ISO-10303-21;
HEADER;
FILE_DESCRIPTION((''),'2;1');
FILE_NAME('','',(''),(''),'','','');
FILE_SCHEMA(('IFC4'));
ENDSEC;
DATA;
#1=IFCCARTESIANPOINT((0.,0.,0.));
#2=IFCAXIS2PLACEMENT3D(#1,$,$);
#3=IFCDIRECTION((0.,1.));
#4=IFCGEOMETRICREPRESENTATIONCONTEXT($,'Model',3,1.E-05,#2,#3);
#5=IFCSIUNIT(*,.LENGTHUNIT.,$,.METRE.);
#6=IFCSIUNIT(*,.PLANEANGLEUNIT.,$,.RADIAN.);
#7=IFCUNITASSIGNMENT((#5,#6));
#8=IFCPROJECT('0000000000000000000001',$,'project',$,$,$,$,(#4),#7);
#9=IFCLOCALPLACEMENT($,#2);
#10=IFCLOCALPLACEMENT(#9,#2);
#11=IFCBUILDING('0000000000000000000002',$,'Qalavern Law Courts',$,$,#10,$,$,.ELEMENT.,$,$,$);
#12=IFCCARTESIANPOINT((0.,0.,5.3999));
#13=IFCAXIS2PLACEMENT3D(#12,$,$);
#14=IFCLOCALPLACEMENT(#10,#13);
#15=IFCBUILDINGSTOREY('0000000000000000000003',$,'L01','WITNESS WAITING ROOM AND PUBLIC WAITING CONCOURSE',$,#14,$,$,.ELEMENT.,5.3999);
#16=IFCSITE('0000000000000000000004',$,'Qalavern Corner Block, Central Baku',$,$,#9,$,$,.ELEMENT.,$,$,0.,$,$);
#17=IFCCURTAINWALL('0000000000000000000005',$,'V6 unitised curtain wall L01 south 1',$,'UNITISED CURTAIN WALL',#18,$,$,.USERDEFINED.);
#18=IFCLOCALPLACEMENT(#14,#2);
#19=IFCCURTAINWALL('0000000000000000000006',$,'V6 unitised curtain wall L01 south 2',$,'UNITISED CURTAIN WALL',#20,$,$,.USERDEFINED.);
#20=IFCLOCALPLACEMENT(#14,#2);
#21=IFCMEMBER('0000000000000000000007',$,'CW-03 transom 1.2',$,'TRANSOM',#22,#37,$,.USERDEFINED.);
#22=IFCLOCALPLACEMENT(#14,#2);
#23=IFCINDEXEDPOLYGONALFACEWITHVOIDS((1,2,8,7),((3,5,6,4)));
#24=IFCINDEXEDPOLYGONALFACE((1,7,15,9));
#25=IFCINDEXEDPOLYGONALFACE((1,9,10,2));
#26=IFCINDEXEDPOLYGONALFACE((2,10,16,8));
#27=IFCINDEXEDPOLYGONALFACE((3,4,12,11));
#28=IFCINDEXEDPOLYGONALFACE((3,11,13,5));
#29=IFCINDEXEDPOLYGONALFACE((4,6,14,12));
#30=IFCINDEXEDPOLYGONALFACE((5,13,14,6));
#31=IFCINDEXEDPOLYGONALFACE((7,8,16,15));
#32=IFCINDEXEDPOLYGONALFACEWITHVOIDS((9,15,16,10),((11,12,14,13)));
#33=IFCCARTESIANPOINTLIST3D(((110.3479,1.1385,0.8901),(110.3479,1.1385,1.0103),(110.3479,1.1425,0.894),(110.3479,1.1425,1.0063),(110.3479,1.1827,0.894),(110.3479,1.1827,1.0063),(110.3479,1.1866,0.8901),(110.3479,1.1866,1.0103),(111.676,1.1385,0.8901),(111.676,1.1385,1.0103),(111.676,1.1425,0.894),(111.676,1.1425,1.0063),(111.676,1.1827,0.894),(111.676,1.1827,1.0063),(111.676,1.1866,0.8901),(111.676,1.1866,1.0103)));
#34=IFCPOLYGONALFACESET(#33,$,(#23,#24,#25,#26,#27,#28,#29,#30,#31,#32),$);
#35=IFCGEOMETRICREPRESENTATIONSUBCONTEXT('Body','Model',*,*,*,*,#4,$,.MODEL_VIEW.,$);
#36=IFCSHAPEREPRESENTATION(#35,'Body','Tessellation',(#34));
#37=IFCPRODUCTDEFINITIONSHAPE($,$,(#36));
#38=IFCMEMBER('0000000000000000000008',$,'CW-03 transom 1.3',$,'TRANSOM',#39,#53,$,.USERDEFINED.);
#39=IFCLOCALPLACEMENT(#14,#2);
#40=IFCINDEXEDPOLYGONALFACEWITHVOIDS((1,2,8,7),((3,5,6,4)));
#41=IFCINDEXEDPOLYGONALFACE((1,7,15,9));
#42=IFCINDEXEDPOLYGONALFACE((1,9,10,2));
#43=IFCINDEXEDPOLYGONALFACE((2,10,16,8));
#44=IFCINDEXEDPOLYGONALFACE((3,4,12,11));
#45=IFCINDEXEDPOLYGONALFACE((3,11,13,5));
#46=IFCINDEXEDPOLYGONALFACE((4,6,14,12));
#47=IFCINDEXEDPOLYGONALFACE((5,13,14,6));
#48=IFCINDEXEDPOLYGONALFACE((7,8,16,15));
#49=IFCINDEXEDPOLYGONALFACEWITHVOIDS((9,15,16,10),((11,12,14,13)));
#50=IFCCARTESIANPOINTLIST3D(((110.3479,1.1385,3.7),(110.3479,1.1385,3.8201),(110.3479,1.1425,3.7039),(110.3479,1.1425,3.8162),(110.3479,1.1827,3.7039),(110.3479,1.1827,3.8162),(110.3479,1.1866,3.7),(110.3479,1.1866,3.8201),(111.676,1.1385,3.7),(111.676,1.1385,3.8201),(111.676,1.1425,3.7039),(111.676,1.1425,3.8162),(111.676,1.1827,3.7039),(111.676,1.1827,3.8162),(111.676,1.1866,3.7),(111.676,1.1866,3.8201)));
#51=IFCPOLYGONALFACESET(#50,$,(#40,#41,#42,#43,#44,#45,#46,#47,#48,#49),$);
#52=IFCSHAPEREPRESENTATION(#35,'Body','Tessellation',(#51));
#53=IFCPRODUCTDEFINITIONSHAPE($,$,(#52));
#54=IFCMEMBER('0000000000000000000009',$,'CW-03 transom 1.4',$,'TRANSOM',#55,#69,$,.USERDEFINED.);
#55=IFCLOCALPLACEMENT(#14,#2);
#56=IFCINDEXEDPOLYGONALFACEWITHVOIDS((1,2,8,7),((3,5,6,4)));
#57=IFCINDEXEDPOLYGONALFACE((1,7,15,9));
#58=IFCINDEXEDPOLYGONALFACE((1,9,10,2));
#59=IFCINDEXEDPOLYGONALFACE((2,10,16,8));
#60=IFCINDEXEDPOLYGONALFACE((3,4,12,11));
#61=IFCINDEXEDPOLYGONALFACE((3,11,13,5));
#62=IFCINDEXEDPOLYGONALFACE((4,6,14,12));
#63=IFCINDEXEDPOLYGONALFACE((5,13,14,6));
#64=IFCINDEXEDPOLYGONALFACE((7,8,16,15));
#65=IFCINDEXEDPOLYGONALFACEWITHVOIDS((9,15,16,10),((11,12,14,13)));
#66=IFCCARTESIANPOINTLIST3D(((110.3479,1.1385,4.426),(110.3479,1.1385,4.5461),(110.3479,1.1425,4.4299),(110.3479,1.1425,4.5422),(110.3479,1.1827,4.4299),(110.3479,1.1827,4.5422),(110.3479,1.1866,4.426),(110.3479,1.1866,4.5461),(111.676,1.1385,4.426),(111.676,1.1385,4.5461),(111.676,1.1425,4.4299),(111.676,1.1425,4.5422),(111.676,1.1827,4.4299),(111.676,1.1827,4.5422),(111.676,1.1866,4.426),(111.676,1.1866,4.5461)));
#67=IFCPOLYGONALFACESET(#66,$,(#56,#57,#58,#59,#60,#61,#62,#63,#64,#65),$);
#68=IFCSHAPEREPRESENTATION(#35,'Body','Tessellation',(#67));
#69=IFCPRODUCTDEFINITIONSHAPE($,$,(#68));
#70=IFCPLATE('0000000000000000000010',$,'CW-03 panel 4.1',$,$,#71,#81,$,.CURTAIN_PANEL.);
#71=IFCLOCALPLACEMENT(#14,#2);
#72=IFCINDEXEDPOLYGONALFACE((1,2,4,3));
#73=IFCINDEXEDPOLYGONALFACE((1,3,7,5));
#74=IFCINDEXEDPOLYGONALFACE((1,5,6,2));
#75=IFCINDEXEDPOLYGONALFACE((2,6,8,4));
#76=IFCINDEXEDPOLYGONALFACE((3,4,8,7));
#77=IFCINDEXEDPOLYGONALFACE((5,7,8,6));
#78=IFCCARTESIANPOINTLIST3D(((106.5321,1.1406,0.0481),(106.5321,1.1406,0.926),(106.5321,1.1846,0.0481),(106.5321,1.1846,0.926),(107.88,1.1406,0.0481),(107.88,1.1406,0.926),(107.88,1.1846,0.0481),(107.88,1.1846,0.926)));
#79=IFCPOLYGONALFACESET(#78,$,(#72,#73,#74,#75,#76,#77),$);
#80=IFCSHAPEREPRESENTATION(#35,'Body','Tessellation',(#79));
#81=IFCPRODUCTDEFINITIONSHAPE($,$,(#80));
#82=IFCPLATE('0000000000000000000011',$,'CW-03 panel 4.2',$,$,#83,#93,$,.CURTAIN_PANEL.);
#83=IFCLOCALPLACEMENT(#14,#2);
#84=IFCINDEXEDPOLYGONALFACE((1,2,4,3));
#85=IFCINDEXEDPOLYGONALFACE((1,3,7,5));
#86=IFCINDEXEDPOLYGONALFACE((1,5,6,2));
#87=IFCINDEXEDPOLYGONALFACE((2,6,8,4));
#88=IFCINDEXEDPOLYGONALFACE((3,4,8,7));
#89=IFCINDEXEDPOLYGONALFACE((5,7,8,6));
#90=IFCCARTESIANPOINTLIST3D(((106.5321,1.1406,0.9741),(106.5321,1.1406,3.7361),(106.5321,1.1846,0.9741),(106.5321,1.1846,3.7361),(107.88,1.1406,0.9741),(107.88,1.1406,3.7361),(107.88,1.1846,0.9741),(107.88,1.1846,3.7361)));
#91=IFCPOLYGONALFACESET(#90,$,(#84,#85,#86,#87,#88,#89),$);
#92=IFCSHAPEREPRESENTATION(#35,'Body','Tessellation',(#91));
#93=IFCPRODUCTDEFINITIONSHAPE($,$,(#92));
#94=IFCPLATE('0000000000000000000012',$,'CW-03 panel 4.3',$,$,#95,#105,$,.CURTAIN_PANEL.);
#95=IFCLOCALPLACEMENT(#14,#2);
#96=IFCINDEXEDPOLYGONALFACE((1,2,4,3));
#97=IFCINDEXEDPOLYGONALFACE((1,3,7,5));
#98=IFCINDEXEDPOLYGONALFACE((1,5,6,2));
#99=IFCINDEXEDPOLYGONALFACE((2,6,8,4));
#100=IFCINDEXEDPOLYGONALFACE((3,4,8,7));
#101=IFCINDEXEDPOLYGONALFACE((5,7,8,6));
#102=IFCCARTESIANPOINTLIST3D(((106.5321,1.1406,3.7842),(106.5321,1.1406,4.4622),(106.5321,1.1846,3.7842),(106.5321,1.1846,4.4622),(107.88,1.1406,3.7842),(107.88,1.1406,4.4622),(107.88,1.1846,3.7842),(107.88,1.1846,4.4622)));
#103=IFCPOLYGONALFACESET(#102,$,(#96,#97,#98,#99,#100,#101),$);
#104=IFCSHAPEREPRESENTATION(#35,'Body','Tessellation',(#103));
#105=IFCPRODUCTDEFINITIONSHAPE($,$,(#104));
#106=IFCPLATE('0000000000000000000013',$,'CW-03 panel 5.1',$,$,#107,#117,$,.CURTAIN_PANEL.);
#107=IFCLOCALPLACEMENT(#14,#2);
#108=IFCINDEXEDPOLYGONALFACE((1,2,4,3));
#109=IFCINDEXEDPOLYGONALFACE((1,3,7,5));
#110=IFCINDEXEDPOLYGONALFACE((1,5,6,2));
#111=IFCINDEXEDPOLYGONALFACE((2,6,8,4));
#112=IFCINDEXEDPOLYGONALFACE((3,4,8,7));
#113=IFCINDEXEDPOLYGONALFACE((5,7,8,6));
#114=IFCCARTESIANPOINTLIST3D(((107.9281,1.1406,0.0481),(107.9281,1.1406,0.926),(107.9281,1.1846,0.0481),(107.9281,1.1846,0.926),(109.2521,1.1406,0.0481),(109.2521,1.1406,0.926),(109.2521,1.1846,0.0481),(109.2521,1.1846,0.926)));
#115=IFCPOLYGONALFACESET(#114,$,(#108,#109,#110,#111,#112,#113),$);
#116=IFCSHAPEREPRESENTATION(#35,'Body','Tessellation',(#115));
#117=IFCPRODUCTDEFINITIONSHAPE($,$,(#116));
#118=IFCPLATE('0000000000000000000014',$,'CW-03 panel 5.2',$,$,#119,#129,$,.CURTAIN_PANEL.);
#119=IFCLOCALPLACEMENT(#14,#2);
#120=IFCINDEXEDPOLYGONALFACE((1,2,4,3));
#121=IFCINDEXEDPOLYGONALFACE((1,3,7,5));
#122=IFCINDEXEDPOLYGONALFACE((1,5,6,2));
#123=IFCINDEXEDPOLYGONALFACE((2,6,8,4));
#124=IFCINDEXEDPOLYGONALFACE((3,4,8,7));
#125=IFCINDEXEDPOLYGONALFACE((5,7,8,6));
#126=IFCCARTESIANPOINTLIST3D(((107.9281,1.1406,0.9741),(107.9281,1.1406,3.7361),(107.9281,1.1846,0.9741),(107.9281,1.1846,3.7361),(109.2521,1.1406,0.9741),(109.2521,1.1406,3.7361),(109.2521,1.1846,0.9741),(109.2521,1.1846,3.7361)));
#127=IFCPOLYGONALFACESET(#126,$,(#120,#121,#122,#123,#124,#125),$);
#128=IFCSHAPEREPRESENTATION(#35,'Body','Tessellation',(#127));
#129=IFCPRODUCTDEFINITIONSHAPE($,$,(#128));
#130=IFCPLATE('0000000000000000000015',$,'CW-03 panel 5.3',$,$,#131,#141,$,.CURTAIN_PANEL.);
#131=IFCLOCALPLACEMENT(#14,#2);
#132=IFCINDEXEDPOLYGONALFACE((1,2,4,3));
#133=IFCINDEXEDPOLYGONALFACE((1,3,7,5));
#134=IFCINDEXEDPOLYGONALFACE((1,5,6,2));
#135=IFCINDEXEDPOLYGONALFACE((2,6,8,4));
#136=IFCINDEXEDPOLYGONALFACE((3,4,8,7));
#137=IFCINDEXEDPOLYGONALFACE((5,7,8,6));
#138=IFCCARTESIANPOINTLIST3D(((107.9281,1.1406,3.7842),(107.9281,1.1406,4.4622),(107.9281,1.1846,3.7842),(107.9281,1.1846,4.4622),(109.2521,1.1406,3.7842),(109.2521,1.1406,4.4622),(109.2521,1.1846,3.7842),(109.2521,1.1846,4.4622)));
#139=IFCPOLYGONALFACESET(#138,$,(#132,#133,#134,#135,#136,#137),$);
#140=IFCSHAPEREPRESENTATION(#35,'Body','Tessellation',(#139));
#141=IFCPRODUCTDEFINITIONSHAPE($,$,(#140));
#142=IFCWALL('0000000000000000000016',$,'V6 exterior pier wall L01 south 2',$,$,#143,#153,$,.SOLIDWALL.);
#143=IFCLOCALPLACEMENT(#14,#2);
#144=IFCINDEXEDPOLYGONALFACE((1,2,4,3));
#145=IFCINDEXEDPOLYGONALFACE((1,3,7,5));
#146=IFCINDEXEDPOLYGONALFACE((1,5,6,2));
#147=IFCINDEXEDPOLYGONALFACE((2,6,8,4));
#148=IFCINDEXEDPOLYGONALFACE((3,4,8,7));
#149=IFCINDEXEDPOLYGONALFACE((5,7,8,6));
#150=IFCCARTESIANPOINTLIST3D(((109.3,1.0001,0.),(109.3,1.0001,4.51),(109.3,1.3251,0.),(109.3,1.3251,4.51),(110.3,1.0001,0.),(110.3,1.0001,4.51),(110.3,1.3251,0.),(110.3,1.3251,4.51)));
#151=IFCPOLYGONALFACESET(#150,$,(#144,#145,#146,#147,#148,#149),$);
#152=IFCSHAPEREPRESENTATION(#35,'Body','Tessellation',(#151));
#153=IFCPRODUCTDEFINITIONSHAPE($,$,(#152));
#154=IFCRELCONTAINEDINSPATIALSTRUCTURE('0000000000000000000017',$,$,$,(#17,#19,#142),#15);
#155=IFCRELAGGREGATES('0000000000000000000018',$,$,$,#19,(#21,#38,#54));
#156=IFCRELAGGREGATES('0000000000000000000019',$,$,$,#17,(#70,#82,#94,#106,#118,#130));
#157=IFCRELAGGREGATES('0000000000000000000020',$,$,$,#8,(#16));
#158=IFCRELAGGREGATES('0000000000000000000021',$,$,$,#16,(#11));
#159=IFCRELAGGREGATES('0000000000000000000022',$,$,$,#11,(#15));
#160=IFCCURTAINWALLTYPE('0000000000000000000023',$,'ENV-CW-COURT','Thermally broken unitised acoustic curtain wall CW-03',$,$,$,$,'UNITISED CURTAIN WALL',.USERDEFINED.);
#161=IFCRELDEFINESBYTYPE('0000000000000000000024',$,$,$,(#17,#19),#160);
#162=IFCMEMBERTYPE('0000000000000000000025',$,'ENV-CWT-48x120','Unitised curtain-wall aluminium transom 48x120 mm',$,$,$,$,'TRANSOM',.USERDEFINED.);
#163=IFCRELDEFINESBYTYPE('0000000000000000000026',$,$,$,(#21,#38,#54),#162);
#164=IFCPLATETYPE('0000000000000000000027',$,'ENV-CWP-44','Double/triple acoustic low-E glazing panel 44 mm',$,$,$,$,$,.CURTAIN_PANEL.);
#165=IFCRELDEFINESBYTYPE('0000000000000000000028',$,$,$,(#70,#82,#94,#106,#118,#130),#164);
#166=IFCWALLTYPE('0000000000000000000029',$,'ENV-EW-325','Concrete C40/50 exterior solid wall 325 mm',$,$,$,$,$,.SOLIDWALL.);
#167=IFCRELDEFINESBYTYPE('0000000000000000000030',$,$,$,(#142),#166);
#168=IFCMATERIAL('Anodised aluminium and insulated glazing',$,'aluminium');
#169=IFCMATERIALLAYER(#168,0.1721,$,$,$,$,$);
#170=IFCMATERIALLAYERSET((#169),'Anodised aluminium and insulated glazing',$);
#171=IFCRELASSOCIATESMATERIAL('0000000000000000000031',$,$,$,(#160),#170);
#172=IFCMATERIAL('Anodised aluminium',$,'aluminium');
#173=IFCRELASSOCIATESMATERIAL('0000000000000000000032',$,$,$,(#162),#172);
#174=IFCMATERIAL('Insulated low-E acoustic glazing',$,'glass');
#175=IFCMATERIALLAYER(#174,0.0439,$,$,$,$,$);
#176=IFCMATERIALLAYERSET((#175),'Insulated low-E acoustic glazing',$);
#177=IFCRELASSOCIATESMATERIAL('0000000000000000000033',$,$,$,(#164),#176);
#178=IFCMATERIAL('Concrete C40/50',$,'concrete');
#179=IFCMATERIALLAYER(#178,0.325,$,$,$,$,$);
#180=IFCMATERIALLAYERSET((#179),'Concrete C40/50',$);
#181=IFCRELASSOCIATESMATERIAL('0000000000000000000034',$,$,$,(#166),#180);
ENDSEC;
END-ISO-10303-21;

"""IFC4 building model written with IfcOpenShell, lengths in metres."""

from ifc_helpers import new_model, si_unit, direction, frame, frame_2d, origin, origin_2d, place, context, subcontext, project, spatial, rectangle, hollow_rectangle, extrude, material, layer, layer_set, material_profile, profile_set, type_object, element, aggregate, save


model = new_model("IFC4")

# Units and contexts
model_context = context("Model", 3, precision=1e-05, world=origin(), true_north=direction((0.0, 1.0)))
body_context = subcontext(model_context, "Body", "Model", "MODEL_VIEW")
ifc_project = project(units=[si_unit("LENGTHUNIT", "METRE"), si_unit("PLANEANGLEUNIT", "RADIAN")], contexts=[model_context])

# Site, building, storey
site_placement = place(None, origin())
site = spatial("IfcSite", under=ifc_project, at=site_placement, Name="Qalavern Corner Block, Central Baku", CompositionType="ELEMENT", RefElevation=0.0)
building_placement = place(site_placement, origin())
building = spatial("IfcBuilding", under=site, at=building_placement, Name="Qalavern Law Courts", CompositionType="ELEMENT")
storey_placement = place(building_placement, frame((0.0, 0.0, 5.3999)))
storey = spatial("IfcBuildingStorey", under=building, at=storey_placement, Name="L01", Description="WITNESS WAITING ROOM AND PUBLIC WAITING CONCOURSE", CompositionType="ELEMENT", Elevation=5.3999)

# Curtain wall
ifc_material_1 = material(Name="Anodised aluminium and insulated glazing", Category="aluminium")
ifc_layer_1 = layer(ifc_material_1, 0.1721)
ifc_layer_set_1 = layer_set([ifc_layer_1], Name="Anodised aluminium and insulated glazing")
curtain_wall_type = type_object("IfcCurtainWallType", Name="ENV-CW-COURT", Description="Thermally broken unitised acoustic curtain wall CW-03", ElementType="UNITISED CURTAIN WALL", PredefinedType="USERDEFINED", material=ifc_layer_set_1)
curtain_wall_1_placement = place(storey_placement, origin())
curtain_wall_1 = element("IfcCurtainWall", 1, at=curtain_wall_1_placement, inside=storey, type_object=curtain_wall_type, Name="V6 unitised curtain wall L01 south 1", ObjectType="UNITISED CURTAIN WALL", PredefinedType="USERDEFINED")
ifc_material_2 = material(Name="Anodised aluminium", Category="aluminium")

# Curtain wall
curtain_wall_2_placement = place(storey_placement, origin())
curtain_wall_2 = element("IfcCurtainWall", 2, at=curtain_wall_2_placement, inside=storey, type_object=curtain_wall_type, Name="V6 unitised curtain wall L01 south 2", ObjectType="UNITISED CURTAIN WALL", PredefinedType="USERDEFINED")

# Members
ifc_material_profile_1 = material_profile(ifc_material_2, hollow_rectangle(XDim=0.0481, YDim=0.1201, WallThickness=0.0039, at=origin_2d()), Name="ALU TRANSOM 48x120")
ifc_profile_set_1 = profile_set([ifc_material_profile_1], Name="Anodised aluminium")
member_type_1 = type_object("IfcMemberType", Name="ENV-CWT-48x120", Description="Unitised curtain-wall aluminium transom 48x120 mm", ElementType="TRANSOM", PredefinedType="USERDEFINED", material=ifc_profile_set_1)
member_1_placement = place(storey_placement, frame((110.3479, 1.1626, 0.9502), z_axis=(1.0, 0.0, 0.0), x_axis=(0.0, 1.0, 0.0)))
member_1 = element("IfcMember", 3, at=member_1_placement, type_object=member_type_1, Name="CW-03 transom 1.2", ObjectType="TRANSOM", PredefinedType="USERDEFINED", context=body_context, shape_type="SweptSolid", body=[
    extrude(hollow_rectangle(XDim=0.0481, YDim=0.1201, WallThickness=0.0039, at=origin_2d()), origin(), (0.0, 0.0, 1.0), 1.3281),
])
member_2_placement = place(storey_placement, frame((110.3479, 1.1626, 3.76), z_axis=(1.0, 0.0, 0.0), x_axis=(0.0, 1.0, 0.0)))
member_2 = element("IfcMember", 4, at=member_2_placement, type_object=member_type_1, Name="CW-03 transom 1.3", ObjectType="TRANSOM", PredefinedType="USERDEFINED", context=body_context, shape_type="SweptSolid", body=[
    extrude(hollow_rectangle(XDim=0.0481, YDim=0.1201, WallThickness=0.0039, at=origin_2d()), origin(), (0.0, 0.0, 1.0), 1.3281),
])
member_3_placement = place(storey_placement, frame((110.3479, 1.1626, 4.4861), z_axis=(1.0, 0.0, 0.0), x_axis=(0.0, 1.0, 0.0)))
member_3 = element("IfcMember", 5, at=member_3_placement, type_object=member_type_1, Name="CW-03 transom 1.4", ObjectType="TRANSOM", PredefinedType="USERDEFINED", context=body_context, shape_type="SweptSolid", body=[
    extrude(hollow_rectangle(XDim=0.0481, YDim=0.1201, WallThickness=0.0039, at=origin_2d()), origin(), (0.0, 0.0, 1.0), 1.3281),
])
aggregate(curtain_wall_2, [member_1, member_2, member_3])

# Plates
ifc_material_3 = material(Name="Insulated low-E acoustic glazing", Category="glass")
ifc_layer_2 = layer(ifc_material_3, 0.0439)
ifc_layer_set_2 = layer_set([ifc_layer_2], Name="Insulated low-E acoustic glazing")
plate_type = type_object("IfcPlateType", Name="ENV-CWP-44", Description="Double/triple acoustic low-E glazing panel 44 mm", PredefinedType="CURTAIN_PANEL", material=ifc_layer_set_2)
plate_1_placement = place(storey_placement, frame((107.2061, 1.1626, 0.0481), z_axis=(0.0, 0.0, 1.0), x_axis=(1.0, 0.0, 0.0)))
plate_1 = element("IfcPlate", 6, at=plate_1_placement, type_object=plate_type, Name="CW-03 panel 4.1", PredefinedType="CURTAIN_PANEL", context=body_context, shape_type="SweptSolid", body=[
    extrude(rectangle(XDim=1.3479, YDim=0.0439, at=origin_2d()), origin(), (0.0, 0.0, 1.0), 0.8779),
])
plate_2_placement = place(storey_placement, frame((107.2061, 1.1626, 0.9741), z_axis=(0.0, 0.0, 1.0), x_axis=(1.0, 0.0, 0.0)))
plate_2 = element("IfcPlate", 7, at=plate_2_placement, type_object=plate_type, Name="CW-03 panel 4.2", PredefinedType="CURTAIN_PANEL", context=body_context, shape_type="SweptSolid", body=[
    extrude(rectangle(XDim=1.3479, YDim=0.0439, at=origin_2d()), origin(), (0.0, 0.0, 1.0), 2.762),
])
plate_3_placement = place(storey_placement, frame((107.2061, 1.1626, 3.7842), z_axis=(0.0, 0.0, 1.0), x_axis=(1.0, 0.0, 0.0)))
plate_3 = element("IfcPlate", 8, at=plate_3_placement, type_object=plate_type, Name="CW-03 panel 4.3", PredefinedType="CURTAIN_PANEL", context=body_context, shape_type="SweptSolid", body=[
    extrude(rectangle(XDim=1.3479, YDim=0.0439, at=origin_2d()), origin(), (0.0, 0.0, 1.0), 0.678),
])
plate_4_placement = place(storey_placement, frame((108.5901, 1.1626, 0.0481), z_axis=(0.0, 0.0, 1.0), x_axis=(1.0, 0.0, 0.0)))
plate_4 = element("IfcPlate", 9, at=plate_4_placement, type_object=plate_type, Name="CW-03 panel 5.1", PredefinedType="CURTAIN_PANEL", context=body_context, shape_type="SweptSolid", body=[
    extrude(rectangle(XDim=1.324, YDim=0.0439, at=origin_2d()), origin(), (0.0, 0.0, 1.0), 0.8779),
])
plate_5_placement = place(storey_placement, frame((108.5901, 1.1626, 0.9741), z_axis=(0.0, 0.0, 1.0), x_axis=(1.0, 0.0, 0.0)))
plate_5 = element("IfcPlate", 10, at=plate_5_placement, type_object=plate_type, Name="CW-03 panel 5.2", PredefinedType="CURTAIN_PANEL", context=body_context, shape_type="SweptSolid", body=[
    extrude(rectangle(XDim=1.324, YDim=0.0439, at=origin_2d()), origin(), (0.0, 0.0, 1.0), 2.762),
])
plate_6_placement = place(storey_placement, frame((108.5901, 1.1626, 3.7842), z_axis=(0.0, 0.0, 1.0), x_axis=(1.0, 0.0, 0.0)))
plate_6 = element("IfcPlate", 11, at=plate_6_placement, type_object=plate_type, Name="CW-03 panel 5.3", PredefinedType="CURTAIN_PANEL", context=body_context, shape_type="SweptSolid", body=[
    extrude(rectangle(XDim=1.324, YDim=0.0439, at=origin_2d()), origin(), (0.0, 0.0, 1.0), 0.678),
])
aggregate(curtain_wall_1, [plate_1, plate_2, plate_3, plate_4, plate_5, plate_6])

# Wall
ifc_material_4 = material(Name="Concrete C40/50", Category="concrete")
ifc_layer_3 = layer(ifc_material_4, 0.325)
ifc_layer_set_3 = layer_set([ifc_layer_3], Name="Concrete C40/50")
wall_type = type_object("IfcWallType", Name="ENV-EW-325", Description="Concrete C40/50 exterior solid wall 325 mm", PredefinedType="SOLIDWALL", material=ifc_layer_set_3)
wall_placement = place(storey_placement, frame((109.3, 1.1626, 0.0), z_axis=(0.0, 0.0, 1.0), x_axis=(1.0, 0.0, 0.0)))
element("IfcWall", 12, at=wall_placement, inside=storey, type_object=wall_type, Name="V6 exterior pier wall L01 south 2", PredefinedType="SOLIDWALL", context=body_context, shape_type="SweptSolid", body=[
    extrude(rectangle(XDim=1.0, YDim=0.325, at=frame_2d((0.5, 0.0))), origin(), (0.0, 0.0, 1.0), 4.51),
])

save(model, "model.ifc")
